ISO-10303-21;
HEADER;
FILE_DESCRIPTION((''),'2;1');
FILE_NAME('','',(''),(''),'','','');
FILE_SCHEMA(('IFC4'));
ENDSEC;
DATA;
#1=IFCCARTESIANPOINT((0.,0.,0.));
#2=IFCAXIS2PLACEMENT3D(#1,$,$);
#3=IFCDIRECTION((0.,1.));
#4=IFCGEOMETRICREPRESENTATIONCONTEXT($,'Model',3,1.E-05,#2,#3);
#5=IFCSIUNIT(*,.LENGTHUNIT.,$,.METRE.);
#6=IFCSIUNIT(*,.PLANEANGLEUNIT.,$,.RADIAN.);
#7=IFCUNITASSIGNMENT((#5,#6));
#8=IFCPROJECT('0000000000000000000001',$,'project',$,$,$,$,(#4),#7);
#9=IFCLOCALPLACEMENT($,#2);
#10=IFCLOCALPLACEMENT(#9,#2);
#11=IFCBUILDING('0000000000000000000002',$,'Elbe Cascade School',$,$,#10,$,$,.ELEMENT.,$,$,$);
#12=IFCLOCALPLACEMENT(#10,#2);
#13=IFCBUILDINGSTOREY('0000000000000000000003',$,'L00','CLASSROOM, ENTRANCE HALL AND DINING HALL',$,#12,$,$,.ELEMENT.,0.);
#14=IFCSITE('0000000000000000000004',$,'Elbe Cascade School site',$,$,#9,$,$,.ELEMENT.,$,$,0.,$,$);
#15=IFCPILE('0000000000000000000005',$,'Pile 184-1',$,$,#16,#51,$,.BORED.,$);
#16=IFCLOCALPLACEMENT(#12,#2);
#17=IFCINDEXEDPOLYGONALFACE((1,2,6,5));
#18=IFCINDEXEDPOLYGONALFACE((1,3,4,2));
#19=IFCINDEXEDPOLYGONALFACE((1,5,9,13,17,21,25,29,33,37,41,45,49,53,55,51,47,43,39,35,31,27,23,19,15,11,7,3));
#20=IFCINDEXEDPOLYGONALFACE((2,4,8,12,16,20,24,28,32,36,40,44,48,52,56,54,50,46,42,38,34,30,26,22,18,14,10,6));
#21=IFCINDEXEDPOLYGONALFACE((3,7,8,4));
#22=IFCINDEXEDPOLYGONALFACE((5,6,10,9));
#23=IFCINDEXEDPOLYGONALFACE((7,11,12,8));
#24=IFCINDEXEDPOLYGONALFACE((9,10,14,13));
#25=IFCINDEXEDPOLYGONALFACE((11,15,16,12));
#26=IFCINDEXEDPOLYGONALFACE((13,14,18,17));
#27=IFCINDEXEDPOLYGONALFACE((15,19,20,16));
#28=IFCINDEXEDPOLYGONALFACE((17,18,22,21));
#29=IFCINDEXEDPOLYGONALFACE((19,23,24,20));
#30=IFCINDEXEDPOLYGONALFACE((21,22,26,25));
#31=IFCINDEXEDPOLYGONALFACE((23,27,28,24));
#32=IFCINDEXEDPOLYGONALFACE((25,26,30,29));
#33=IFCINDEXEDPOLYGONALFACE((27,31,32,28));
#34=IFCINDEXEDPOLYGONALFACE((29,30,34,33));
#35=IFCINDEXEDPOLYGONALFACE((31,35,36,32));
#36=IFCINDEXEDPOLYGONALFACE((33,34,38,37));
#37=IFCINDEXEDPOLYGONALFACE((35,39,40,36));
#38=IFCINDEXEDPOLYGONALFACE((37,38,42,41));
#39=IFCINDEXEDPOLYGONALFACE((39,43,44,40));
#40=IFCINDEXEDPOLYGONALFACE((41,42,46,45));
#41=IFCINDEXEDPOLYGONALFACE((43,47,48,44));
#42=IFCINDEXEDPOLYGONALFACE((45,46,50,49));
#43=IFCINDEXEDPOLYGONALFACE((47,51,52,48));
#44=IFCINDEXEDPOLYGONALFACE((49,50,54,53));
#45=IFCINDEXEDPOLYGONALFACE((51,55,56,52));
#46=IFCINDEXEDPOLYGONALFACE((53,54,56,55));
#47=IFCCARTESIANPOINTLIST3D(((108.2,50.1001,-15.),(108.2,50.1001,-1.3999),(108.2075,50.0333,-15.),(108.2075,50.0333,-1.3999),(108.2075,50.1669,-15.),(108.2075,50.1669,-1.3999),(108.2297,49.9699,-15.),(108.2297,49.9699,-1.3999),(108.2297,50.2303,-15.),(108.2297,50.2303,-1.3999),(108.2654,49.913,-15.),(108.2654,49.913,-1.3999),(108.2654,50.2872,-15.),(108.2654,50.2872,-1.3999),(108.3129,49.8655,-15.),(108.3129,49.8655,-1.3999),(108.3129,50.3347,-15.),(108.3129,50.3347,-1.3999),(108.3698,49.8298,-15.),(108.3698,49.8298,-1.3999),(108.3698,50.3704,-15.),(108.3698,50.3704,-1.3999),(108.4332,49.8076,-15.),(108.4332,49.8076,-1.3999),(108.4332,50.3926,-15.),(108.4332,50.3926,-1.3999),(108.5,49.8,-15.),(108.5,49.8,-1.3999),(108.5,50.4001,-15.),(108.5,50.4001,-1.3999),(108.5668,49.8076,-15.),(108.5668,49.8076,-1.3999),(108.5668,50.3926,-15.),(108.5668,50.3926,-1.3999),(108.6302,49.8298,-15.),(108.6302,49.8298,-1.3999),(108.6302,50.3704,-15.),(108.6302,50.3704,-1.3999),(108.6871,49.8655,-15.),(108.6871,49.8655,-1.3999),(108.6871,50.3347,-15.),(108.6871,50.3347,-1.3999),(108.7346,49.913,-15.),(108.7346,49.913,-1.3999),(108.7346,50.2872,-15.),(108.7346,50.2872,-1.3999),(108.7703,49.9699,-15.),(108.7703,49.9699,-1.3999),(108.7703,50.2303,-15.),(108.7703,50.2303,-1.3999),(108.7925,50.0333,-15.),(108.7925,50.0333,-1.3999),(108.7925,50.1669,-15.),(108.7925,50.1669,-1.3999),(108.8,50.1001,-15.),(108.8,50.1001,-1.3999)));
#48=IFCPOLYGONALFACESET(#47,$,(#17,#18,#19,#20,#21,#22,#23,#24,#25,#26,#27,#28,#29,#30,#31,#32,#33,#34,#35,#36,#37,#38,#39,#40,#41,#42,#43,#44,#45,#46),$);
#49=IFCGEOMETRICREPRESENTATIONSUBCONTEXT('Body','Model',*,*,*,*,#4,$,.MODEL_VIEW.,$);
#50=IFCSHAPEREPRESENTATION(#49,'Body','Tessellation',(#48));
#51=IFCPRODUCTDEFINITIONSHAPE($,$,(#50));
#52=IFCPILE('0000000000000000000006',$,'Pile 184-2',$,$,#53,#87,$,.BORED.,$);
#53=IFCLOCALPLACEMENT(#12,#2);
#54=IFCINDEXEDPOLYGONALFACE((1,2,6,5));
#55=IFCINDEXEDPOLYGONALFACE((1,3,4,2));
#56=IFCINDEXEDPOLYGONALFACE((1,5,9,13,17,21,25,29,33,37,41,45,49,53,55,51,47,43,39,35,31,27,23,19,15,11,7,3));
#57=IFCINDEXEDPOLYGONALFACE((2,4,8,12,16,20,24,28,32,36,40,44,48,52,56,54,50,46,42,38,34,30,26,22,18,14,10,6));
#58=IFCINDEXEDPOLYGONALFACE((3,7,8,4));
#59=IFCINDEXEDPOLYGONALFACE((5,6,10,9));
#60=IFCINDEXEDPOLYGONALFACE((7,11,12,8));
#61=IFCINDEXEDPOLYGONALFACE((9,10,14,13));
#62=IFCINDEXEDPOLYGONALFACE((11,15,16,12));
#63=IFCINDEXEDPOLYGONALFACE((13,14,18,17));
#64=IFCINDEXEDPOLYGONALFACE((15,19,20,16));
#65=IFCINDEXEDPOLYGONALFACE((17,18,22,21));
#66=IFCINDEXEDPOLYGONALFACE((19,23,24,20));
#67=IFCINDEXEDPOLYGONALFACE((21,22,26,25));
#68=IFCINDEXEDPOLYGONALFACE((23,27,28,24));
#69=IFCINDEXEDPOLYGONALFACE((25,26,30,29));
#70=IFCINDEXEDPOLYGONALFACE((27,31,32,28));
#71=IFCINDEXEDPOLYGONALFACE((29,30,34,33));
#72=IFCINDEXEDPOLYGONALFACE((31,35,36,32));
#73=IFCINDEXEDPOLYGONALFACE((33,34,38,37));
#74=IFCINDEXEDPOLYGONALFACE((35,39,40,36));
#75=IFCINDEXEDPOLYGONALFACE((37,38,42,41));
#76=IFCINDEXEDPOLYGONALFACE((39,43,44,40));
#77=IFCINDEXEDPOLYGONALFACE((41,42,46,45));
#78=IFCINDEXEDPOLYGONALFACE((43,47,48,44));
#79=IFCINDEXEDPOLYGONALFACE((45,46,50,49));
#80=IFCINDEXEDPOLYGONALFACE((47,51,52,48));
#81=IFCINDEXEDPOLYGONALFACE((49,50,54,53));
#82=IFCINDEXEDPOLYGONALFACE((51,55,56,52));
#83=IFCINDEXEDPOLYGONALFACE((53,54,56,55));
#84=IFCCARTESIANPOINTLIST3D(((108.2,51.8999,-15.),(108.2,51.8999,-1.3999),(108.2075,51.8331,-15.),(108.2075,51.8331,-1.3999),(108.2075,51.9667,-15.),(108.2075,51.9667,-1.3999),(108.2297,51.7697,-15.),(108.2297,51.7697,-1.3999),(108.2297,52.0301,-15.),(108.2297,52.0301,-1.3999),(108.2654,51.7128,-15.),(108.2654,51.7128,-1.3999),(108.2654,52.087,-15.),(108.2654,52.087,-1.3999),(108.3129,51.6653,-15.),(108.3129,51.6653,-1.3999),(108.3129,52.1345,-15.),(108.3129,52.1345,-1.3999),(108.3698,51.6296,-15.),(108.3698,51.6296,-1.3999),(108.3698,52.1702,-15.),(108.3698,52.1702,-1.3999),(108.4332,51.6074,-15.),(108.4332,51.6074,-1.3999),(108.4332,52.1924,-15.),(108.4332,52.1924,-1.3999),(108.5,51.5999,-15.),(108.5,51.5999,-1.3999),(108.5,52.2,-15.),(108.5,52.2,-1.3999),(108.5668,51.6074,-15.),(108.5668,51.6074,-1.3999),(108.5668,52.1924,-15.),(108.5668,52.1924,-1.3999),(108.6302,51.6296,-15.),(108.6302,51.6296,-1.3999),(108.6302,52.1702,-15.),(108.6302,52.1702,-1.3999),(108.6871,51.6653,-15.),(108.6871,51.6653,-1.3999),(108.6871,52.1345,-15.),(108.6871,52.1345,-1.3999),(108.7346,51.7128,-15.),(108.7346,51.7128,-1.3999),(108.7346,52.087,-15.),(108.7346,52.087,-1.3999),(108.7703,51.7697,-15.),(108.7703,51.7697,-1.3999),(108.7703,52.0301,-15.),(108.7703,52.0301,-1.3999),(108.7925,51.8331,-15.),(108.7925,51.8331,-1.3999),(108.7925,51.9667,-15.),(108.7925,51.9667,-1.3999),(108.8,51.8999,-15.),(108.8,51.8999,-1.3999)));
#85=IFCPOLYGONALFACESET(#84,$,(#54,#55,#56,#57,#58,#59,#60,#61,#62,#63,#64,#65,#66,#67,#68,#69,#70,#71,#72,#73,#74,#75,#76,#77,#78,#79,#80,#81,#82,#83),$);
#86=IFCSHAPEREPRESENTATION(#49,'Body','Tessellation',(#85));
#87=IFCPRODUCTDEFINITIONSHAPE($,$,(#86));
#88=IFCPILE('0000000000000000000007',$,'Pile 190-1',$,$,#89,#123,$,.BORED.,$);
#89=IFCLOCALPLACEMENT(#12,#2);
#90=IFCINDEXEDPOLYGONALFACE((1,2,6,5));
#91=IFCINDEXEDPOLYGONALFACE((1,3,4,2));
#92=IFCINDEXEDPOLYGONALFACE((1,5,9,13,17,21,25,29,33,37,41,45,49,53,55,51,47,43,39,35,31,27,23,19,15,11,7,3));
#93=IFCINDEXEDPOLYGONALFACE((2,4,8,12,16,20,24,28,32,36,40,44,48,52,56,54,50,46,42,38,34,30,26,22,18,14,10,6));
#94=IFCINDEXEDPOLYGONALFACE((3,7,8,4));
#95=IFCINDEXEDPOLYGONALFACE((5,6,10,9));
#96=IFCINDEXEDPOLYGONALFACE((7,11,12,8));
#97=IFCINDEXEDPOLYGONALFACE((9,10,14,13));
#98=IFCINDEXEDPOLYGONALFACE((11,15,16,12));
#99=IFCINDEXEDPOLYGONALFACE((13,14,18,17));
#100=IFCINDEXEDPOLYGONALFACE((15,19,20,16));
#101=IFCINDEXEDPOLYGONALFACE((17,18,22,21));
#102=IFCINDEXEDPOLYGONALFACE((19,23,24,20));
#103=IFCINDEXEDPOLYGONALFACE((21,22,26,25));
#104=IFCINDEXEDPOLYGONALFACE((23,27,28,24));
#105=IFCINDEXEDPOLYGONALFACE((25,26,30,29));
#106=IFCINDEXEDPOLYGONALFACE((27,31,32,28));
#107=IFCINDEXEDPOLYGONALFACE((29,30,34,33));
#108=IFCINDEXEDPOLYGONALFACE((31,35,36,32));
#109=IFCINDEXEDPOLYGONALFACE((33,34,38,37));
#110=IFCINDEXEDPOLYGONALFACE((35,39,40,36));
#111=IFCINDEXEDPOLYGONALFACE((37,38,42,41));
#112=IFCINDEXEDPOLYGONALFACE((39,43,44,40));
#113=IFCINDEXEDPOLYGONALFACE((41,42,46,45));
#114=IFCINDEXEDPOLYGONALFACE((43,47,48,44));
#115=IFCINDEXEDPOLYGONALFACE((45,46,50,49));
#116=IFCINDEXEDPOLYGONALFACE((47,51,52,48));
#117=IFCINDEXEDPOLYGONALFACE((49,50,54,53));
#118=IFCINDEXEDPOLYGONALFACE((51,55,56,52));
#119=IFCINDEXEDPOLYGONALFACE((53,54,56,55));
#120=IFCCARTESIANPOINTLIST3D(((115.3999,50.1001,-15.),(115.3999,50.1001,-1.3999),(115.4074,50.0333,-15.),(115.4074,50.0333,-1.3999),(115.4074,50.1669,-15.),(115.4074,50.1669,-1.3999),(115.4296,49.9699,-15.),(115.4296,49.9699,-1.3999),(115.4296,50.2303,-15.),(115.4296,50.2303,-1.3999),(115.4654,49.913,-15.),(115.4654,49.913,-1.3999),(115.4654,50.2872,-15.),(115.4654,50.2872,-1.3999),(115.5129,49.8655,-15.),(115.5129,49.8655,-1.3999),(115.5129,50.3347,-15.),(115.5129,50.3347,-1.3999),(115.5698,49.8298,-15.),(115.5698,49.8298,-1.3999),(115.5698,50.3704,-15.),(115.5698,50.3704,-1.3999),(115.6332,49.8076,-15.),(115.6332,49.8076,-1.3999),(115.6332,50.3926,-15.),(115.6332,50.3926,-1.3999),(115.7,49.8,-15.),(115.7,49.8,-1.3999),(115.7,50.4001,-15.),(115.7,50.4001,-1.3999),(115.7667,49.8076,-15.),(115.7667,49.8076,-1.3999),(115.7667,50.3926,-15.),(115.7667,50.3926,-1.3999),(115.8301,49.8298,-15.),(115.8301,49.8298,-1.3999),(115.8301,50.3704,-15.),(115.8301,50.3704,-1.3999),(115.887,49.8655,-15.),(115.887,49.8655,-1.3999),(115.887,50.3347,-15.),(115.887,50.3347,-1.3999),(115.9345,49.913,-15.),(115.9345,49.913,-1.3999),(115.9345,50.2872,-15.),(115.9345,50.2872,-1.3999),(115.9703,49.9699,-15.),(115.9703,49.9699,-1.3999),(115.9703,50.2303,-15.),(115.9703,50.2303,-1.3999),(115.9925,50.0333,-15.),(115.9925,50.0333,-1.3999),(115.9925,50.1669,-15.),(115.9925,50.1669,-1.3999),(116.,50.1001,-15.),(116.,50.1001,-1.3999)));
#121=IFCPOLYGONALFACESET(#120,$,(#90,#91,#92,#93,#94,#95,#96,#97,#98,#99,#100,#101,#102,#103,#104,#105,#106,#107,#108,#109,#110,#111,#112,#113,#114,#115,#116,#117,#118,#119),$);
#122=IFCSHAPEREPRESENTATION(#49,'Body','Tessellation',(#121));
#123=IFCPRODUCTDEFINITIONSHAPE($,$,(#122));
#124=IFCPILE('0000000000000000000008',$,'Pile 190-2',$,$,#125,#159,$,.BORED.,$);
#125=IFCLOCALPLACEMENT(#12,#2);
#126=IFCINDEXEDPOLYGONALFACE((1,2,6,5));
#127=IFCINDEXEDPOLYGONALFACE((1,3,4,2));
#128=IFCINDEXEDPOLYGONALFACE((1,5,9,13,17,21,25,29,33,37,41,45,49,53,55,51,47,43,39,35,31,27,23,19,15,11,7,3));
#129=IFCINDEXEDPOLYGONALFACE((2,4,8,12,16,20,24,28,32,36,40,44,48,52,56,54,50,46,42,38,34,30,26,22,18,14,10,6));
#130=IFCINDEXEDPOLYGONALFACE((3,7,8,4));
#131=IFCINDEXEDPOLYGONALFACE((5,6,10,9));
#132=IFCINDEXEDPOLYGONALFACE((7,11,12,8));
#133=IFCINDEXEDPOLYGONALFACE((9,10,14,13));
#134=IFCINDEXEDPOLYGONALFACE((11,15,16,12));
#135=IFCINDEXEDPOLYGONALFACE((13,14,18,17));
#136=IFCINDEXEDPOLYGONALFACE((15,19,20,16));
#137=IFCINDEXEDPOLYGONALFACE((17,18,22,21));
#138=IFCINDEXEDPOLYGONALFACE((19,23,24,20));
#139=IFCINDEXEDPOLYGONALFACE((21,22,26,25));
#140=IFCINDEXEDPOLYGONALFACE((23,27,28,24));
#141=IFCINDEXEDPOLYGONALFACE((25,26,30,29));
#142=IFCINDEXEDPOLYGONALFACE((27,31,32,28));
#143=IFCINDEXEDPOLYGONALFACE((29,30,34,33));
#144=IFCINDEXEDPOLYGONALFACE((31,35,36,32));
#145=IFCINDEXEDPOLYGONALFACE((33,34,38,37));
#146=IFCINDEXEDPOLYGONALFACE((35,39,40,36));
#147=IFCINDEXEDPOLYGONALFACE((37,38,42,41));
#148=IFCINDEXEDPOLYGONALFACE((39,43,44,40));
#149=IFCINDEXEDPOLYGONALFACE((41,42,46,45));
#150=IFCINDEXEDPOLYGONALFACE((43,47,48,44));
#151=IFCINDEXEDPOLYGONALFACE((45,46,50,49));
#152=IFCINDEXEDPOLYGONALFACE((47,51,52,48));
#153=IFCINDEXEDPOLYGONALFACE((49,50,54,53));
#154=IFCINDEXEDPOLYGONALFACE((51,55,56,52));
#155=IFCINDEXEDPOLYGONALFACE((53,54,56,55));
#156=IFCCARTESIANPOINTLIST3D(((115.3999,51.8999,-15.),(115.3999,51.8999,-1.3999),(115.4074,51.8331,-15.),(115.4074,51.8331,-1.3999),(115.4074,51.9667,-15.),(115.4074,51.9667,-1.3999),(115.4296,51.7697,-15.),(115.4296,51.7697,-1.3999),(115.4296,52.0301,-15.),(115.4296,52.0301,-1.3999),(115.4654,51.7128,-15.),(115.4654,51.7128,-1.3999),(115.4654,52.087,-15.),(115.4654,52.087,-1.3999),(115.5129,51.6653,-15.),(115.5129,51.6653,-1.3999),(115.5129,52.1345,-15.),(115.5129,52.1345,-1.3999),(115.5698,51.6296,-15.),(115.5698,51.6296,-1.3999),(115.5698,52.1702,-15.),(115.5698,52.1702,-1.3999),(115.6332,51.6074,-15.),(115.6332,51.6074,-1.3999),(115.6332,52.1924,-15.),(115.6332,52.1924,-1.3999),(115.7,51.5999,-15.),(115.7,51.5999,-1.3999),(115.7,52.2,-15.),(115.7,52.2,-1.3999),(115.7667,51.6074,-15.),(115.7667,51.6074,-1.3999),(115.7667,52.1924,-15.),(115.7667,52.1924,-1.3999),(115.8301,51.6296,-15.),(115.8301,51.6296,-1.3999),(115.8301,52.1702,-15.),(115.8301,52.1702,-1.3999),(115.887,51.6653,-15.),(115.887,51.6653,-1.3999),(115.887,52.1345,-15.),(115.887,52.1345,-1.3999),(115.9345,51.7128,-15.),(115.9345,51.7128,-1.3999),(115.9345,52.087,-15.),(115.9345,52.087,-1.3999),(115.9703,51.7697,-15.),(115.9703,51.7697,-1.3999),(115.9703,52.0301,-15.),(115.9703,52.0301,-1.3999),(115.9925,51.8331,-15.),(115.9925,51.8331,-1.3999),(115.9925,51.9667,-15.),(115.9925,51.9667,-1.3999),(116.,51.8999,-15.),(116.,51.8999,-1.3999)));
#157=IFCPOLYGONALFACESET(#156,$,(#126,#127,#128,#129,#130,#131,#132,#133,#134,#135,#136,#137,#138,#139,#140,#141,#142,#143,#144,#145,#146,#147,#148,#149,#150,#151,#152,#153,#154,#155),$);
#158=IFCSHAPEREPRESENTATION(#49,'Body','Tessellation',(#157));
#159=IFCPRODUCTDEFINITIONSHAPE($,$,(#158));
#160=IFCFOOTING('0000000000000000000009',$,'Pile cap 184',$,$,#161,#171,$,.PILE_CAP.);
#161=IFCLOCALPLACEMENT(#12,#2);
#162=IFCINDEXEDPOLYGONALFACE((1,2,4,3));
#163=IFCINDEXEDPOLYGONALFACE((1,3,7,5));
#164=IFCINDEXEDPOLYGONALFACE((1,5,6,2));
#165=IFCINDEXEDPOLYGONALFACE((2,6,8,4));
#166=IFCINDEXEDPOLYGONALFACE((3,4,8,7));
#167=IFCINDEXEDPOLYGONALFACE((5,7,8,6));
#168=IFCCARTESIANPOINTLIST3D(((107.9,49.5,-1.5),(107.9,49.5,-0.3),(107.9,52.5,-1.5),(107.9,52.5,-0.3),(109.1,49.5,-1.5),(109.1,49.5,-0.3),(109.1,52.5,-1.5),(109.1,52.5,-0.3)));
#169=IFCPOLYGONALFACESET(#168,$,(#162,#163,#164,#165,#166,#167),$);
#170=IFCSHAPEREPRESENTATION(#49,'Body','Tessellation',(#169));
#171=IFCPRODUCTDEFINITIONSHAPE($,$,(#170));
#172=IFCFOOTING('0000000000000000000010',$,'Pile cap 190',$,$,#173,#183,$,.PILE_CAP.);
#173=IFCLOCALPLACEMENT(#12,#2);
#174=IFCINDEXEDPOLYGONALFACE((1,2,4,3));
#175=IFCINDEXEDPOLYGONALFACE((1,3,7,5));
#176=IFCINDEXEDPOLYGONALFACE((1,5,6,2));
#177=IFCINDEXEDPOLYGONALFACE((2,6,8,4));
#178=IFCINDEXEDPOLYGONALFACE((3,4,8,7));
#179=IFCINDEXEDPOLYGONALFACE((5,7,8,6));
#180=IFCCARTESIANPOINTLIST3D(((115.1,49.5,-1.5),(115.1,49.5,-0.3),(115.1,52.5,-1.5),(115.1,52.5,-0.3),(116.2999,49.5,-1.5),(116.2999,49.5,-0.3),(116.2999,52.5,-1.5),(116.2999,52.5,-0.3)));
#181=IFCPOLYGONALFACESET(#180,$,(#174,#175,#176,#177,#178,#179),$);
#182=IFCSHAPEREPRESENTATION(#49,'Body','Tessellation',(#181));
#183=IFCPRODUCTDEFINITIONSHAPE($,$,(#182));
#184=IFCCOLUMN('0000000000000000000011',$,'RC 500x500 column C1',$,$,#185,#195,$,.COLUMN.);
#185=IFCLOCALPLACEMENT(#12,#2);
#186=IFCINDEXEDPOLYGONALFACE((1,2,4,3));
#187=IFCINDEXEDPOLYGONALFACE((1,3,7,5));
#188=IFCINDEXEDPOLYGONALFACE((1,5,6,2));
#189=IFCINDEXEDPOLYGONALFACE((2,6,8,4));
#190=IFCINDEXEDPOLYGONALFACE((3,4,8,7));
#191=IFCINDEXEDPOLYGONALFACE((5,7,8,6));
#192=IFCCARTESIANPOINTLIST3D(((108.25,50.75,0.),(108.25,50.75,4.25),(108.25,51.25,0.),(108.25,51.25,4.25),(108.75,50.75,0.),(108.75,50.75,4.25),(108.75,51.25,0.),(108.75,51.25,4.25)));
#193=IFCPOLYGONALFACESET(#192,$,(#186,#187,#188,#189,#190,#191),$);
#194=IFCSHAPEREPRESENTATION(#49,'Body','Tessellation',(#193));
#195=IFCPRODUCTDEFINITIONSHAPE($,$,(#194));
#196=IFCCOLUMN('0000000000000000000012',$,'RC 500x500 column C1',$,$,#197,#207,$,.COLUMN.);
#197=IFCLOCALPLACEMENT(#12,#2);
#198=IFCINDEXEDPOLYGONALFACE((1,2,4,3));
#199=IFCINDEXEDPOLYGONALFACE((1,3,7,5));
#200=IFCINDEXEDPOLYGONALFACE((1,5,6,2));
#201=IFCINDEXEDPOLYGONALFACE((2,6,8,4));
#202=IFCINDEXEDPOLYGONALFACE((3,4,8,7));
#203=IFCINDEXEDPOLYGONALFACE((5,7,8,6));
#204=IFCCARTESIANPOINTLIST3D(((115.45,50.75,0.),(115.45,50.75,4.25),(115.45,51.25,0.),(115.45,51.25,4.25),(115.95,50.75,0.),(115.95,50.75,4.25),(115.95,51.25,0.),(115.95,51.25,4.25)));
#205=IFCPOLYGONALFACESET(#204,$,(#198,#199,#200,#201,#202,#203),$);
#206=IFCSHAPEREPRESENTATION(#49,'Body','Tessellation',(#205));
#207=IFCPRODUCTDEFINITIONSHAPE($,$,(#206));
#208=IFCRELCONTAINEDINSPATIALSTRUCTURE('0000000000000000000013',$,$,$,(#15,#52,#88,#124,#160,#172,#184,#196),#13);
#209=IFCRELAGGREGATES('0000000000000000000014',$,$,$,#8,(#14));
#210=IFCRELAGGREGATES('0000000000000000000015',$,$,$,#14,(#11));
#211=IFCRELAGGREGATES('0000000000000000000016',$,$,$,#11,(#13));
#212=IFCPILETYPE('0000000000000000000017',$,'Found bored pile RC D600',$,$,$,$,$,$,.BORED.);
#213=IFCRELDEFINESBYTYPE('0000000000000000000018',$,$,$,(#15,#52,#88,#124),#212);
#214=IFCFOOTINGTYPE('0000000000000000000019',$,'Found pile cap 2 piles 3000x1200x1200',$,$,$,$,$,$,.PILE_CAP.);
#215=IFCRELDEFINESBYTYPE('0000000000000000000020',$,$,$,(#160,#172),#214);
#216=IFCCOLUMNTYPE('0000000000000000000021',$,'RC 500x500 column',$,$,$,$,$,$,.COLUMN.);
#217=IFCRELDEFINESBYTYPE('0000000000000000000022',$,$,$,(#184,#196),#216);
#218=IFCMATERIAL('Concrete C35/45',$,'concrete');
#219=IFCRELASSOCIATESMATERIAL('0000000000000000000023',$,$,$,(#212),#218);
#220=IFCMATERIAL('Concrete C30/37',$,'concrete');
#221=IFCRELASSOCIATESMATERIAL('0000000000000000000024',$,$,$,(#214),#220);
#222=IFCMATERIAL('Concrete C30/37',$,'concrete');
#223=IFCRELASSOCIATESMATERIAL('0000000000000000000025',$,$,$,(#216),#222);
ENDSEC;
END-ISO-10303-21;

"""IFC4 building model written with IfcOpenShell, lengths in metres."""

from ifc_helpers import new_model, si_unit, direction, frame, origin, origin_2d, place, context, subcontext, project, spatial, rectangle, circle, extrude, material, material_profile, profile_set, type_object, element, save


model = new_model("IFC4")

# Units and contexts
model_context = context("Model", 3, precision=1e-05, world=origin(), true_north=direction((0.0, 1.0)))
body_context = subcontext(model_context, "Body", "Model", "MODEL_VIEW")
ifc_project = project(units=[si_unit("LENGTHUNIT", "METRE"), si_unit("PLANEANGLEUNIT", "RADIAN")], contexts=[model_context])

# Site, building, storey
site_placement = place(None, origin())
site = spatial("IfcSite", under=ifc_project, at=site_placement, Name="Elbe Cascade School site", CompositionType="ELEMENT", RefElevation=0.0)
building_placement = place(site_placement, origin())
building = spatial("IfcBuilding", under=site, at=building_placement, Name="Elbe Cascade School", CompositionType="ELEMENT")
storey_placement = place(building_placement, origin())
storey = spatial("IfcBuildingStorey", under=building, at=storey_placement, Name="L00", Description="CLASSROOM, ENTRANCE HALL AND DINING HALL", CompositionType="ELEMENT", Elevation=0.0)

# Piles
ifc_material_1 = material(Name="Concrete C35/45", Category="concrete")
ifc_material_profile_1 = material_profile(ifc_material_1, circle(Radius=0.3, at=origin_2d()), Name="RC D600")
ifc_profile_set_1 = profile_set([ifc_material_profile_1], Name="Concrete C35/45")
pile_type = type_object("IfcPileType", Name="Found bored pile RC D600", PredefinedType="BORED", material=ifc_profile_set_1)
for number, where, z_axis, x_axis, name in (
    (1, (108.5, 50.1001, -1.3999), (0.0, 0.0, -1.0), (1.0, 0.0, 0.0), "Pile 184-1"),
    (2, (108.5, 51.8999, -1.3999), (0.0, 0.0, -1.0), (1.0, 0.0, 0.0), "Pile 184-2"),
    (3, (115.7, 50.1001, -1.3999), (0.0, 0.0, -1.0), (1.0, 0.0, 0.0), "Pile 190-1"),
    (4, (115.7, 51.8999, -1.3999), (0.0, 0.0, -1.0), (1.0, 0.0, 0.0), "Pile 190-2"),
):
    element("IfcPile", number, at=place(storey_placement, frame(where, z_axis=z_axis, x_axis=x_axis)), inside=storey, type_object=pile_type, Name=name, PredefinedType="BORED", context=body_context, shape_type="SweptSolid", body=[
        extrude(circle(Radius=0.3, at=origin_2d()), origin(), (0.0, 0.0, 1.0), 13.6001),
    ])

# Footings
ifc_material_2 = material(Name="Concrete C30/37", Category="concrete")
footing_type = type_object("IfcFootingType", Name="Found pile cap 2 piles 3000x1200x1200", PredefinedType="PILE_CAP", material=ifc_material_2)
for number, where, z_axis, x_axis, name in (
    (5, (108.5, 51.0, -1.5), (0.0, 0.0, 1.0), (1.0, 0.0, 0.0), "Pile cap 184"),
    (6, (115.7, 51.0, -1.5), (0.0, 0.0, 1.0), (1.0, 0.0, 0.0), "Pile cap 190"),
):
    element("IfcFooting", number, at=place(storey_placement, frame(where, z_axis=z_axis, x_axis=x_axis)), inside=storey, type_object=footing_type, Name=name, PredefinedType="PILE_CAP", context=body_context, shape_type="SweptSolid", body=[
        extrude(rectangle(XDim=1.2, YDim=3.0, at=origin_2d()), origin(), (0.0, 0.0, 1.0), 1.2),
    ])

# Columns
ifc_material_3 = material(Name="Concrete C30/37", Category="concrete")
ifc_material_profile_2 = material_profile(ifc_material_3, rectangle(XDim=0.5, YDim=0.5, at=origin_2d()), Name="RC 500x500")
ifc_profile_set_2 = profile_set([ifc_material_profile_2], Name="Concrete C30/37")
column_type = type_object("IfcColumnType", Name="RC 500x500 column", PredefinedType="COLUMN", material=ifc_profile_set_2)
for number, where, z_axis, x_axis, name in (
    (7, (108.5, 51.0, 0.0), (0.0, 0.0, 1.0), (1.0, 0.0, 0.0), "RC 500x500 column C1"),
    (8, (115.7, 51.0, 0.0), (0.0, 0.0, 1.0), (1.0, 0.0, 0.0), "RC 500x500 column C1"),
):
    element("IfcColumn", number, at=place(storey_placement, frame(where, z_axis=z_axis, x_axis=x_axis)), inside=storey, type_object=column_type, Name=name, PredefinedType="COLUMN", context=body_context, shape_type="SweptSolid", body=[
        extrude(rectangle(XDim=0.5, YDim=0.5, at=origin_2d()), origin(), (0.0, 0.0, 1.0), 4.25),
    ])

save(model, "model.ifc")
